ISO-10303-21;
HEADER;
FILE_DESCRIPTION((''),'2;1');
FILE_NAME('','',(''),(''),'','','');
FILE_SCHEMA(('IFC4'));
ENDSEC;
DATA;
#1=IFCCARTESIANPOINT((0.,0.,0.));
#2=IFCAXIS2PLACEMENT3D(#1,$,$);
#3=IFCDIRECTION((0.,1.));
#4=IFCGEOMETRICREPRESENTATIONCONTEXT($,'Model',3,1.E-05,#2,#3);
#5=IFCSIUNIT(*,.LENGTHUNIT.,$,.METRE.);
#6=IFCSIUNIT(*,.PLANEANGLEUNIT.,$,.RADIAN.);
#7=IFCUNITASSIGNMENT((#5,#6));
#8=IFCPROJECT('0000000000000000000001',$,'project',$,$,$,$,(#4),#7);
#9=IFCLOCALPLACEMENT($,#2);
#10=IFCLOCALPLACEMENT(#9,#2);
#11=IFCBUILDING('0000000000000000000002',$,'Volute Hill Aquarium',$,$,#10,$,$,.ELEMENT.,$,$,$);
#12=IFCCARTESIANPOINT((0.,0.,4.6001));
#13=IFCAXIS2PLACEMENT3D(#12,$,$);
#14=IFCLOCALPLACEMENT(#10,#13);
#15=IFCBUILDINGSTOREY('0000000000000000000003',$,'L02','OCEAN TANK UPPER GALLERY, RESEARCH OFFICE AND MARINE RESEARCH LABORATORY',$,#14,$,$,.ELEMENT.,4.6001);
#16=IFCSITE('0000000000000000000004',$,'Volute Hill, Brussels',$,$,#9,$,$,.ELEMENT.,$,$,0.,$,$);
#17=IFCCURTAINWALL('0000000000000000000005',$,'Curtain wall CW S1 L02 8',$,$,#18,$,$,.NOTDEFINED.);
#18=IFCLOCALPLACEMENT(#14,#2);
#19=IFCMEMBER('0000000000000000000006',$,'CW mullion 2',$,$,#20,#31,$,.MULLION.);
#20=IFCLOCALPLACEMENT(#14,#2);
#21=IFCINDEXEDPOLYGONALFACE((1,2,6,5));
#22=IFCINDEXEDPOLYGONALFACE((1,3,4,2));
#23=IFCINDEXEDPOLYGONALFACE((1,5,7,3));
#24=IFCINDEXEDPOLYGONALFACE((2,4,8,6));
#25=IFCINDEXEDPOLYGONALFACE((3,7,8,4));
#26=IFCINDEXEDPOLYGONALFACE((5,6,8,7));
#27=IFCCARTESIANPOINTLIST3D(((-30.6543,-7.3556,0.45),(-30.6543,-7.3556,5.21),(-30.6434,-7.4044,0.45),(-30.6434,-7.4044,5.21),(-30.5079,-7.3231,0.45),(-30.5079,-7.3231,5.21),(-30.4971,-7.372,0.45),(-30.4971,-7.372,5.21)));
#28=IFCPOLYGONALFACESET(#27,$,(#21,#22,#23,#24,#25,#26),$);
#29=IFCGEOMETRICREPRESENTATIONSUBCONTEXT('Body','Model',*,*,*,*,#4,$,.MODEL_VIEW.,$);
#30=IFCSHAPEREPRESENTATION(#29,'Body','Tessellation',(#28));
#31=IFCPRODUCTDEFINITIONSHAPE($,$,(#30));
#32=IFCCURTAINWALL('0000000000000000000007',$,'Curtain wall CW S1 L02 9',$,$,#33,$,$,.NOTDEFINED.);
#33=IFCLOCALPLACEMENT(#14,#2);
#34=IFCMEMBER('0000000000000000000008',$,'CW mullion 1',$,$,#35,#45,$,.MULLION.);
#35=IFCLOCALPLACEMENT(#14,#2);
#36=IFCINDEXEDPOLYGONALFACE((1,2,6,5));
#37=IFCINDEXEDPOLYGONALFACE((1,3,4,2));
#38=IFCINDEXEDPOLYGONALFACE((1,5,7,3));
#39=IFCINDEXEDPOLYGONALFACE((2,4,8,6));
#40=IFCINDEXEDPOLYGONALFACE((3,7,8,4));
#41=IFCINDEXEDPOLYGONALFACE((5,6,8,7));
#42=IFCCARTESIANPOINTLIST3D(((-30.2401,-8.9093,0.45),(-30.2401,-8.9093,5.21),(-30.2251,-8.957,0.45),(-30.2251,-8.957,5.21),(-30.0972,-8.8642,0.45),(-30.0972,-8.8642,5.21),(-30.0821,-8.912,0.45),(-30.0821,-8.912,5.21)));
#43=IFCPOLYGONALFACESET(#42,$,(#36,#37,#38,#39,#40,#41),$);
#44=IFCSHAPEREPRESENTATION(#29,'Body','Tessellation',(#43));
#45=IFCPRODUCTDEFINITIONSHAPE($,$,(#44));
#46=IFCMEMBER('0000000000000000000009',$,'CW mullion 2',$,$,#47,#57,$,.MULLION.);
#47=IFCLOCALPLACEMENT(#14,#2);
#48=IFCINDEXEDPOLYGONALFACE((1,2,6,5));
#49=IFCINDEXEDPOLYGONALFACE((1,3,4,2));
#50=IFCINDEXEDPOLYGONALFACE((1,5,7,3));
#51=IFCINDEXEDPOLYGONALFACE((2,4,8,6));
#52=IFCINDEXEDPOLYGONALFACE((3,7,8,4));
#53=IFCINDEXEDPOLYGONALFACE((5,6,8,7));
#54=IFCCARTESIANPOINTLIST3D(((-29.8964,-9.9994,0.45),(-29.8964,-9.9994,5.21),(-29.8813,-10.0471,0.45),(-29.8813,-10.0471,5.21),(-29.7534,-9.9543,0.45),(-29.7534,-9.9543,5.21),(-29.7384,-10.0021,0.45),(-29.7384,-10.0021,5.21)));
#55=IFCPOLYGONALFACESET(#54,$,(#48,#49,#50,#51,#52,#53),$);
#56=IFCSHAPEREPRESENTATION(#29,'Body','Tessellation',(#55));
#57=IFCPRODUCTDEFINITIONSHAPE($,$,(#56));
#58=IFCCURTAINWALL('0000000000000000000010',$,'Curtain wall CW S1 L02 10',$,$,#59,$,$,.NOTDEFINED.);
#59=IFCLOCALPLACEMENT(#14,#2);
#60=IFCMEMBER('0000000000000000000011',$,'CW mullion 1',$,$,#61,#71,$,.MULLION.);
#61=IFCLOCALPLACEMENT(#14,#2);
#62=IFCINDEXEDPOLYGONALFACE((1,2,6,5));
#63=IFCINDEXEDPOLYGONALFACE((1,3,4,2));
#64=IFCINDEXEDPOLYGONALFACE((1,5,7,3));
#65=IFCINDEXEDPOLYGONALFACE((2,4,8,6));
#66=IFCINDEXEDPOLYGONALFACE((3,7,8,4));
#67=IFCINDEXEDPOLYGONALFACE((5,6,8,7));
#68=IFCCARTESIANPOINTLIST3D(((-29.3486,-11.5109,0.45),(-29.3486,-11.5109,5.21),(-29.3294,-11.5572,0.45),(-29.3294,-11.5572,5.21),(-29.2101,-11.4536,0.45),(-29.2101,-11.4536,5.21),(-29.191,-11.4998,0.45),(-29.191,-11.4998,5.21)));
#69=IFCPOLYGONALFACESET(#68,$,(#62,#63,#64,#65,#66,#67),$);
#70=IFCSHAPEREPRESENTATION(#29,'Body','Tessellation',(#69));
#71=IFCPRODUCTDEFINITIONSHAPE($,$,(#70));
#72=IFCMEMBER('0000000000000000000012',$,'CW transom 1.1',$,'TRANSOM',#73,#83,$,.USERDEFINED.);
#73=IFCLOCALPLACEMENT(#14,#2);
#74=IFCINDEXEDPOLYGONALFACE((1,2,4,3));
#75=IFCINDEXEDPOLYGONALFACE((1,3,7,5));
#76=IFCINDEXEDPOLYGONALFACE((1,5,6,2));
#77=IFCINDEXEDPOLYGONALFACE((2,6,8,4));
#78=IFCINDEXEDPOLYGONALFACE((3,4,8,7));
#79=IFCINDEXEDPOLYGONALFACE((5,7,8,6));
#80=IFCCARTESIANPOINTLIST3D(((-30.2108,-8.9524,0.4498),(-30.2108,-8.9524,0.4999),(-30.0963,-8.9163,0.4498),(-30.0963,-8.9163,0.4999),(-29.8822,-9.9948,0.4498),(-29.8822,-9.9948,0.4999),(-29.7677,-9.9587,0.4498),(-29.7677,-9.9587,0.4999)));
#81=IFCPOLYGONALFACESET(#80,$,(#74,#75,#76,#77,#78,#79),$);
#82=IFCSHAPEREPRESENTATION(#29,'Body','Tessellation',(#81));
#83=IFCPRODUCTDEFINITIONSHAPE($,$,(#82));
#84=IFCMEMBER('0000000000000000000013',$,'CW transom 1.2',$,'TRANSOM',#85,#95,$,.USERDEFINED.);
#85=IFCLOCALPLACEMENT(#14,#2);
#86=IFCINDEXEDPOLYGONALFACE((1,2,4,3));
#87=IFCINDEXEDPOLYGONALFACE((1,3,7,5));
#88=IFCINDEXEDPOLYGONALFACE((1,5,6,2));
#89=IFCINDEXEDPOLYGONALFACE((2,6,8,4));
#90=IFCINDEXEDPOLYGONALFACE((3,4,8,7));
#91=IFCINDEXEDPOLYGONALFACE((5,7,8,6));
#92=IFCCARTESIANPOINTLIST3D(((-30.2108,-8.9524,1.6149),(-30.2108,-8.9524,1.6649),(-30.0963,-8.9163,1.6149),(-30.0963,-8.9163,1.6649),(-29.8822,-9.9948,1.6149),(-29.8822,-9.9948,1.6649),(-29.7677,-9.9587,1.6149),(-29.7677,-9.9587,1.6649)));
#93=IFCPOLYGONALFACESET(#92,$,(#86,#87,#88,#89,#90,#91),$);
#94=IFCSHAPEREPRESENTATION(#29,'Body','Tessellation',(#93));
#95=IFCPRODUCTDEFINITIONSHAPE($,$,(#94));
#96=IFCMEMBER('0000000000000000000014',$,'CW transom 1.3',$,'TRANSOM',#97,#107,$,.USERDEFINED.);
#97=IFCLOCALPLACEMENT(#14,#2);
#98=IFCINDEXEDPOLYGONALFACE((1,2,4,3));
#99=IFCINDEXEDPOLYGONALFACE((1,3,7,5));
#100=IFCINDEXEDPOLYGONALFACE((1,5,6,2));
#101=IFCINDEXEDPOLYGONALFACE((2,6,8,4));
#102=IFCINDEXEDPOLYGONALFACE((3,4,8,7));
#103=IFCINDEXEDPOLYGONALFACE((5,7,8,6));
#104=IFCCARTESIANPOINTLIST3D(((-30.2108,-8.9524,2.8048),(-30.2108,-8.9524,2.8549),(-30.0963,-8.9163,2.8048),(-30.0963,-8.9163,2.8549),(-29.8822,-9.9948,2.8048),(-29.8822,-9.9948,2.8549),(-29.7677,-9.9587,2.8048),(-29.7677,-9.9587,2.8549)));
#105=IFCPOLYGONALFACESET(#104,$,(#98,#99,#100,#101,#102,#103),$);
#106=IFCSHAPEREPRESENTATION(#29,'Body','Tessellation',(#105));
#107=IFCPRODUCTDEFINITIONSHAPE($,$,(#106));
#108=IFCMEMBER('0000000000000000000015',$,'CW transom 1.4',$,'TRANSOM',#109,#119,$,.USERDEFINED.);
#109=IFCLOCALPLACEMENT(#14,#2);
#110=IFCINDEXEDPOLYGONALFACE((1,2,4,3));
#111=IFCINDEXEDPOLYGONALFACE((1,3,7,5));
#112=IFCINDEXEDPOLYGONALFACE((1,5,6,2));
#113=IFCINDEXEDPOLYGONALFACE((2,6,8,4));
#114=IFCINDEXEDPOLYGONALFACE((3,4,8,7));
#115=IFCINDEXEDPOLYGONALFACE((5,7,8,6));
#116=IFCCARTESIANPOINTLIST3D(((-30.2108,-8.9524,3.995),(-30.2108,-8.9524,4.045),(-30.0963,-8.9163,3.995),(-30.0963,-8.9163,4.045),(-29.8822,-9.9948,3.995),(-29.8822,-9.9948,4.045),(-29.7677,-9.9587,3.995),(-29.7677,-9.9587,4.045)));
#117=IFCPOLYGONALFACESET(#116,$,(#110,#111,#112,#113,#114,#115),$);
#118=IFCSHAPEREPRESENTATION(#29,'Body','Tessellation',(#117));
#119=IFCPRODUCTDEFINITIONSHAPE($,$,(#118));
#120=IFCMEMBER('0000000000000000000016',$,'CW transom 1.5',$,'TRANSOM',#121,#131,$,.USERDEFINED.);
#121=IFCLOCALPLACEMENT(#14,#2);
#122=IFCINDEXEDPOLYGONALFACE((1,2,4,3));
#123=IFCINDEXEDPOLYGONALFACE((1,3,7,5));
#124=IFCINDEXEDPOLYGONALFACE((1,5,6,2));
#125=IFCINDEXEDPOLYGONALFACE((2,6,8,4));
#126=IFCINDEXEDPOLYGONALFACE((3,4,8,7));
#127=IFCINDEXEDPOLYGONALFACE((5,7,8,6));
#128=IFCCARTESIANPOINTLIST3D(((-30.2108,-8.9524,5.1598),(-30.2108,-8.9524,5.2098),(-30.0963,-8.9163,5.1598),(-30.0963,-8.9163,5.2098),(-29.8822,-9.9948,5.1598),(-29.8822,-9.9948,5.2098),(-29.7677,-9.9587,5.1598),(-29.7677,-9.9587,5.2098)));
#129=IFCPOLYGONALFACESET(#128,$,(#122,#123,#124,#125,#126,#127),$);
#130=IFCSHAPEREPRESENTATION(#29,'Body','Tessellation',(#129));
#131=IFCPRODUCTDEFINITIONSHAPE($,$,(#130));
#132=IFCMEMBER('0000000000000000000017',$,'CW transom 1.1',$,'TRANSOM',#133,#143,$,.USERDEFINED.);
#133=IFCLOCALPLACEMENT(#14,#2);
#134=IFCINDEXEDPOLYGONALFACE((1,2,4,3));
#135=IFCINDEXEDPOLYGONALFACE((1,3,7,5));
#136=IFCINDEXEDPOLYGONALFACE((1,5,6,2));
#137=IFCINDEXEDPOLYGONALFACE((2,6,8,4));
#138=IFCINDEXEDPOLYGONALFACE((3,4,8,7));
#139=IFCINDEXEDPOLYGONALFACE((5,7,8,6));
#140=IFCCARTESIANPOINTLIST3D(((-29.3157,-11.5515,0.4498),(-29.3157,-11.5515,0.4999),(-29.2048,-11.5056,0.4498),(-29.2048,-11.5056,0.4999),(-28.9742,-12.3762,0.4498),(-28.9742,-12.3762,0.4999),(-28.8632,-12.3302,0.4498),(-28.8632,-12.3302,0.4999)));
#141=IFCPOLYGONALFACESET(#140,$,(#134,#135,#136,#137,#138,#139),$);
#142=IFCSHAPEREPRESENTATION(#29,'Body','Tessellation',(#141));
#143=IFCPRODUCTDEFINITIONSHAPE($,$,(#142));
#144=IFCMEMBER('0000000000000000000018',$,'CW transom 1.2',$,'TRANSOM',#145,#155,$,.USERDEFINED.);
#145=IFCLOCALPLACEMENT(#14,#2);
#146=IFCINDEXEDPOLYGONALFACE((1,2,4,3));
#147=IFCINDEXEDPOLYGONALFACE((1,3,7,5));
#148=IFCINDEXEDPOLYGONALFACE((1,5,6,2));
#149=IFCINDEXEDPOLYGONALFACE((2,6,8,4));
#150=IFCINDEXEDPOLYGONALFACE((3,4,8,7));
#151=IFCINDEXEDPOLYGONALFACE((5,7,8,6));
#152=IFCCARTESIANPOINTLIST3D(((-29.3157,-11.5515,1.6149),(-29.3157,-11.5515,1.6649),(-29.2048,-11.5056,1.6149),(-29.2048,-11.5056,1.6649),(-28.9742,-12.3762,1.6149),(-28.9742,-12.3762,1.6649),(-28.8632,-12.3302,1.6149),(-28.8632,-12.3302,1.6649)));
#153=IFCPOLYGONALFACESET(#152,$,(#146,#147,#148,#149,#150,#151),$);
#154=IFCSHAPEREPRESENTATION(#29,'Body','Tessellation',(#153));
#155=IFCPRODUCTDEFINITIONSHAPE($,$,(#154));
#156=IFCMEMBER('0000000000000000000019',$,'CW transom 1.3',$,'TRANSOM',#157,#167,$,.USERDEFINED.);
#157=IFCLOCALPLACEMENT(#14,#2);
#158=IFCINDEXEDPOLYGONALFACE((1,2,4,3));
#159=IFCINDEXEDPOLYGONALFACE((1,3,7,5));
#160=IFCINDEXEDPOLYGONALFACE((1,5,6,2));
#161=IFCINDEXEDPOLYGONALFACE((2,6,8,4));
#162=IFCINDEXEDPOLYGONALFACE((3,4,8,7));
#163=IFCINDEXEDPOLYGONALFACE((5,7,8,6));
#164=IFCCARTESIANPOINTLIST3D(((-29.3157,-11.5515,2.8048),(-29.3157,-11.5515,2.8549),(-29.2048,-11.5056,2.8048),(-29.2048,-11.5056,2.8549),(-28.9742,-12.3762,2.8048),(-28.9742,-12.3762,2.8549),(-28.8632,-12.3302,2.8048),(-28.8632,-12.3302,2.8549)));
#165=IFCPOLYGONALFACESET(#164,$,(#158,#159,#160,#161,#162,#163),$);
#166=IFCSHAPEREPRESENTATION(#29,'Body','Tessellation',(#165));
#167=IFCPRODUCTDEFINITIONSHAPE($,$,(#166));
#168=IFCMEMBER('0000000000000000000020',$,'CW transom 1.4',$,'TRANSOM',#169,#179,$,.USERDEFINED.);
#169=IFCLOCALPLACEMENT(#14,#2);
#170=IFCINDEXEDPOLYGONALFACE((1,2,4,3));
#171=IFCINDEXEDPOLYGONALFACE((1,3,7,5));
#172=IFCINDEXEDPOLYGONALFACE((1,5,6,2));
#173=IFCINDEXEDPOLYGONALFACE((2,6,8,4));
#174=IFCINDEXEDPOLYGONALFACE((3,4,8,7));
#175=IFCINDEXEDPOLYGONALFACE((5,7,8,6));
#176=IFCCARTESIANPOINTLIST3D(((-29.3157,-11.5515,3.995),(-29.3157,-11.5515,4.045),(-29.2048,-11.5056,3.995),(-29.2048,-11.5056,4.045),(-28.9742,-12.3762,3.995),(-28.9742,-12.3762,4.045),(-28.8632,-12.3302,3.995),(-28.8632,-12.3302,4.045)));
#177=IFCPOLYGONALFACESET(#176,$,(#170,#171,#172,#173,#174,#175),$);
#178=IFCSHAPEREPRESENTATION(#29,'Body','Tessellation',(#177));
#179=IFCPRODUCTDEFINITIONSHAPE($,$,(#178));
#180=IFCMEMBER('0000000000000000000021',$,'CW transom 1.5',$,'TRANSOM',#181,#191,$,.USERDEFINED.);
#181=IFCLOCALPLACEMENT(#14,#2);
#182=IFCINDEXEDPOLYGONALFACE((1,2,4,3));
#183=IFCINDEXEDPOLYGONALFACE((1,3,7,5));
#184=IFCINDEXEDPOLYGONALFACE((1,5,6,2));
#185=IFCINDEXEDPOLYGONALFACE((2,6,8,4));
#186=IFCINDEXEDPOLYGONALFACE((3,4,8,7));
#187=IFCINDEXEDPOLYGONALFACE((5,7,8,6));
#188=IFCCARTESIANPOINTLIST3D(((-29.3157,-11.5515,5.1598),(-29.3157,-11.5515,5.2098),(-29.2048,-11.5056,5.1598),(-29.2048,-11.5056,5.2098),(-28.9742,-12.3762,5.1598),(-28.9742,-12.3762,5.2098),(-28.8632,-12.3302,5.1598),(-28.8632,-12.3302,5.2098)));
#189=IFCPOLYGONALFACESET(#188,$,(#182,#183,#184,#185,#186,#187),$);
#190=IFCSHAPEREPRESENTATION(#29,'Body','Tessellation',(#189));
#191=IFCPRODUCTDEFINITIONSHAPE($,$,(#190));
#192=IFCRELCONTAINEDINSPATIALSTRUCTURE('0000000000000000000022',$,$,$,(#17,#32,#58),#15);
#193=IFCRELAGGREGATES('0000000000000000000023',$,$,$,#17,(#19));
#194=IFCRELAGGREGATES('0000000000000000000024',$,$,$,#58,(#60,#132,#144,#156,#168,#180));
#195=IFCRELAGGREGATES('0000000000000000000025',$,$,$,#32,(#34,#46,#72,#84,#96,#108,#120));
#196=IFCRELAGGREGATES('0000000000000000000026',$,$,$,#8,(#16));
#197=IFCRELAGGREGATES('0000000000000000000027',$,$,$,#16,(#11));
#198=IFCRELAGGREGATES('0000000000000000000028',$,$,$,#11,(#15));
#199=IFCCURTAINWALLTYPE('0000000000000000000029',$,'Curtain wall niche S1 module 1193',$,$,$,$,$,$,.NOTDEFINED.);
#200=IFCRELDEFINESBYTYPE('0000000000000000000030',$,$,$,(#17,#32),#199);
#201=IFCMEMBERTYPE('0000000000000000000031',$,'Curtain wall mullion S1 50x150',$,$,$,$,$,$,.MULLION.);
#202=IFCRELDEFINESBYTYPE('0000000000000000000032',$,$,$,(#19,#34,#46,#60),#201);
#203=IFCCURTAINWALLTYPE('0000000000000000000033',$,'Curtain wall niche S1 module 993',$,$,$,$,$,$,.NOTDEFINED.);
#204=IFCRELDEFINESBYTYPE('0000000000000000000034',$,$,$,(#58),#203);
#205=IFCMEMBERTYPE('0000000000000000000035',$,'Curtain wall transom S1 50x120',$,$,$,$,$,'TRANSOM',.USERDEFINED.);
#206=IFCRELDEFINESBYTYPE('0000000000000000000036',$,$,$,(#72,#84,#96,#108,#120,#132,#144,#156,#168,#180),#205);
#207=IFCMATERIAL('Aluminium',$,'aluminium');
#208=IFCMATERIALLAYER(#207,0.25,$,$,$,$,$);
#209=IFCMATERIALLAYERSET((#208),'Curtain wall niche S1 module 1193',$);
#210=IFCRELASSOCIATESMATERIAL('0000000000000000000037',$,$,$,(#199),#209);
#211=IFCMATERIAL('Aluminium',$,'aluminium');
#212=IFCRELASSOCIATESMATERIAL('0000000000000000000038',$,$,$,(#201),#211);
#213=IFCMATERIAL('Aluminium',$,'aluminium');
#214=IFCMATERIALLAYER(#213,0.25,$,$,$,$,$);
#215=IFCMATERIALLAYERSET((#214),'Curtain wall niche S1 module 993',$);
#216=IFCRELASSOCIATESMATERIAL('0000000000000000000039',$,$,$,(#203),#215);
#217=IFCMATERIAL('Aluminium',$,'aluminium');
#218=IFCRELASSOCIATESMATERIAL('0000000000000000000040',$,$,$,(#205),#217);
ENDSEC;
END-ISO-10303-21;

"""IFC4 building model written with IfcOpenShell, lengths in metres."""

from ifc_helpers import new_model, si_unit, direction, frame, origin, origin_2d, place, context, subcontext, project, spatial, rectangle, extrude, material, layer, layer_set, material_profile, profile_set, type_object, element, aggregate, save


model = new_model("IFC4")

# Units and contexts
model_context = context("Model", 3, precision=1e-05, world=origin(), true_north=direction((0.0, 1.0)))
body_context = subcontext(model_context, "Body", "Model", "MODEL_VIEW")
ifc_project = project(units=[si_unit("LENGTHUNIT", "METRE"), si_unit("PLANEANGLEUNIT", "RADIAN")], contexts=[model_context])

# Site, building, storey
site_placement = place(None, origin())
site = spatial("IfcSite", under=ifc_project, at=site_placement, Name="Volute Hill, Brussels", CompositionType="ELEMENT", RefElevation=0.0)
building_placement = place(site_placement, origin())
building = spatial("IfcBuilding", under=site, at=building_placement, Name="Volute Hill Aquarium", CompositionType="ELEMENT")
storey_placement = place(building_placement, frame((0.0, 0.0, 4.6001)))
storey = spatial("IfcBuildingStorey", under=building, at=storey_placement, Name="L02", Description="OCEAN TANK UPPER GALLERY, RESEARCH OFFICE AND MARINE RESEARCH LABORATORY", CompositionType="ELEMENT", Elevation=4.6001)

# Curtain wall, member
ifc_material_1 = material(Name="Aluminium", Category="aluminium")
ifc_layer_1 = layer(ifc_material_1, 0.25)
ifc_layer_set_1 = layer_set([ifc_layer_1], Name="Curtain wall niche S1 module 1193")
curtain_wall_type_1 = type_object("IfcCurtainWallType", Name="Curtain wall niche S1 module 1193", PredefinedType="NOTDEFINED", material=ifc_layer_set_1)
curtain_wall_1_placement = place(storey_placement, origin())
curtain_wall_1 = element("IfcCurtainWall", 1, at=curtain_wall_1_placement, inside=storey, type_object=curtain_wall_type_1, Name="Curtain wall CW S1 L02 8", PredefinedType="NOTDEFINED")
ifc_material_2 = material(Name="Aluminium", Category="aluminium")
ifc_material_profile_1 = material_profile(ifc_material_2, rectangle(XDim=0.1499, YDim=0.05, at=origin_2d()), Name="Curtain wall mullion S1 50x150")
ifc_profile_set_1 = profile_set([ifc_material_profile_1], Name="Aluminium")
member_type_1 = type_object("IfcMemberType", Name="Curtain wall mullion S1 50x150", PredefinedType="MULLION", material=ifc_profile_set_1)
member_1_placement = place(storey_placement, frame((-30.5757, -7.3638, 0.45), z_axis=(0.0, 0.0, 1.0), x_axis=(0.976292, 0.216456, 0.0)))
member_1 = element("IfcMember", 2, at=member_1_placement, type_object=member_type_1, Name="CW mullion 2", PredefinedType="MULLION", context=body_context, shape_type="SweptSolid", body=[
    extrude(rectangle(XDim=0.1499, YDim=0.05, at=origin_2d()), origin(), (0.0, 0.0, 1.0), 4.76),
])
aggregate(curtain_wall_1, [member_1])

# Curtain wall, members
curtain_wall_2_placement = place(storey_placement, origin())
curtain_wall_2 = element("IfcCurtainWall", 3, at=curtain_wall_2_placement, inside=storey, type_object=curtain_wall_type_1, Name="Curtain wall CW S1 L02 9", PredefinedType="NOTDEFINED")
member_2_placement = place(storey_placement, frame((-30.1611, -8.9106, 0.45), z_axis=(0.0, 0.0, 1.0), x_axis=(0.953719, 0.3007, 0.0)))
member_2 = element("IfcMember", 4, at=member_2_placement, type_object=member_type_1, Name="CW mullion 1", PredefinedType="MULLION", context=body_context, shape_type="SweptSolid", body=[
    extrude(rectangle(XDim=0.1499, YDim=0.05, at=origin_2d()), origin(), (0.0, 0.0, 1.0), 4.76),
])
member_3_placement = place(storey_placement, frame((-29.8174, -10.0007, 0.45), z_axis=(0.0, 0.0, 1.0), x_axis=(0.953719, 0.3007, 0.0)))
member_3 = element("IfcMember", 5, at=member_3_placement, type_object=member_type_1, Name="CW mullion 2", PredefinedType="MULLION", context=body_context, shape_type="SweptSolid", body=[
    extrude(rectangle(XDim=0.1499, YDim=0.05, at=origin_2d()), origin(), (0.0, 0.0, 1.0), 4.76),
])

# Curtain wall, member
ifc_material_3 = material(Name="Aluminium", Category="aluminium")
ifc_layer_2 = layer(ifc_material_3, 0.25)
ifc_layer_set_2 = layer_set([ifc_layer_2], Name="Curtain wall niche S1 module 993")
curtain_wall_type_2 = type_object("IfcCurtainWallType", Name="Curtain wall niche S1 module 993", PredefinedType="NOTDEFINED", material=ifc_layer_set_2)
curtain_wall_3_placement = place(storey_placement, origin())
curtain_wall_3 = element("IfcCurtainWall", 6, at=curtain_wall_3_placement, inside=storey, type_object=curtain_wall_type_2, Name="Curtain wall CW S1 L02 10", PredefinedType="NOTDEFINED")
member_4_placement = place(storey_placement, frame((-29.2698, -11.5054, 0.45), z_axis=(0.0, 0.0, 1.0), x_axis=(0.923885, 0.38267, 0.0)))
member_4 = element("IfcMember", 7, at=member_4_placement, type_object=member_type_1, Name="CW mullion 1", PredefinedType="MULLION", context=body_context, shape_type="SweptSolid", body=[
    extrude(rectangle(XDim=0.1499, YDim=0.05, at=origin_2d()), origin(), (0.0, 0.0, 1.0), 4.76),
])

# Members
ifc_material_4 = material(Name="Aluminium", Category="aluminium")
ifc_material_profile_2 = material_profile(ifc_material_4, rectangle(XDim=0.1201, YDim=0.05, at=origin_2d()), Name="Curtain wall transom S1 50x120")
ifc_profile_set_2 = profile_set([ifc_material_profile_2], Name="Aluminium")
member_type_2 = type_object("IfcMemberType", Name="Curtain wall transom S1 50x120", ElementType="TRANSOM", PredefinedType="USERDEFINED", material=ifc_profile_set_2)
member_5_placement = place(storey_placement, frame((-30.1536, -8.9343, 0.4749), z_axis=(0.30064, -0.953738, 0.0), x_axis=(0.953738, 0.30064, 0.0)))
member_5 = element("IfcMember", 8, at=member_5_placement, type_object=member_type_2, Name="CW transom 1.1", ObjectType="TRANSOM", PredefinedType="USERDEFINED", context=body_context, shape_type="SweptSolid", body=[
    extrude(rectangle(XDim=0.1201, YDim=0.05, at=origin_2d()), origin(), (0.0, 0.0, 1.0), 1.093),
])
member_6_placement = place(storey_placement, frame((-30.1536, -8.9343, 1.6399), z_axis=(0.30064, -0.953738, 0.0), x_axis=(0.953738, 0.30064, 0.0)))
member_6 = element("IfcMember", 9, at=member_6_placement, type_object=member_type_2, Name="CW transom 1.2", ObjectType="TRANSOM", PredefinedType="USERDEFINED", context=body_context, shape_type="SweptSolid", body=[
    extrude(rectangle(XDim=0.1201, YDim=0.05, at=origin_2d()), origin(), (0.0, 0.0, 1.0), 1.093),
])
member_7_placement = place(storey_placement, frame((-30.1536, -8.9343, 2.8298), z_axis=(0.30064, -0.953738, 0.0), x_axis=(0.953738, 0.30064, 0.0)))
member_7 = element("IfcMember", 10, at=member_7_placement, type_object=member_type_2, Name="CW transom 1.3", ObjectType="TRANSOM", PredefinedType="USERDEFINED", context=body_context, shape_type="SweptSolid", body=[
    extrude(rectangle(XDim=0.1201, YDim=0.05, at=origin_2d()), origin(), (0.0, 0.0, 1.0), 1.093),
])
member_8_placement = place(storey_placement, frame((-30.1536, -8.9343, 4.02), z_axis=(0.30064, -0.953738, 0.0), x_axis=(0.953738, 0.30064, 0.0)))
member_8 = element("IfcMember", 11, at=member_8_placement, type_object=member_type_2, Name="CW transom 1.4", ObjectType="TRANSOM", PredefinedType="USERDEFINED", context=body_context, shape_type="SweptSolid", body=[
    extrude(rectangle(XDim=0.1201, YDim=0.05, at=origin_2d()), origin(), (0.0, 0.0, 1.0), 1.093),
])
member_9_placement = place(storey_placement, frame((-30.1536, -8.9343, 5.1848), z_axis=(0.30064, -0.953738, 0.0), x_axis=(0.953738, 0.30064, 0.0)))
member_9 = element("IfcMember", 12, at=member_9_placement, type_object=member_type_2, Name="CW transom 1.5", ObjectType="TRANSOM", PredefinedType="USERDEFINED", context=body_context, shape_type="SweptSolid", body=[
    extrude(rectangle(XDim=0.1201, YDim=0.05, at=origin_2d()), origin(), (0.0, 0.0, 1.0), 1.093),
])
member_10_placement = place(storey_placement, frame((-29.2603, -11.5286, 0.4749), z_axis=(0.382634, -0.9239, 0.0), x_axis=(0.9239, 0.382634, 0.0)))
member_10 = element("IfcMember", 13, at=member_10_placement, type_object=member_type_2, Name="CW transom 1.1", ObjectType="TRANSOM", PredefinedType="USERDEFINED", context=body_context, shape_type="SweptSolid", body=[
    extrude(rectangle(XDim=0.1201, YDim=0.05, at=origin_2d()), origin(), (0.0, 0.0, 1.0), 0.8926),
])
member_11_placement = place(storey_placement, frame((-29.2603, -11.5286, 1.6399), z_axis=(0.382634, -0.9239, 0.0), x_axis=(0.9239, 0.382634, 0.0)))
member_11 = element("IfcMember", 14, at=member_11_placement, type_object=member_type_2, Name="CW transom 1.2", ObjectType="TRANSOM", PredefinedType="USERDEFINED", context=body_context, shape_type="SweptSolid", body=[
    extrude(rectangle(XDim=0.1201, YDim=0.05, at=origin_2d()), origin(), (0.0, 0.0, 1.0), 0.8926),
])
member_12_placement = place(storey_placement, frame((-29.2603, -11.5286, 2.8298), z_axis=(0.382634, -0.9239, 0.0), x_axis=(0.9239, 0.382634, 0.0)))
member_12 = element("IfcMember", 15, at=member_12_placement, type_object=member_type_2, Name="CW transom 1.3", ObjectType="TRANSOM", PredefinedType="USERDEFINED", context=body_context, shape_type="SweptSolid", body=[
    extrude(rectangle(XDim=0.1201, YDim=0.05, at=origin_2d()), origin(), (0.0, 0.0, 1.0), 0.8926),
])
member_13_placement = place(storey_placement, frame((-29.2603, -11.5286, 4.02), z_axis=(0.382634, -0.9239, 0.0), x_axis=(0.9239, 0.382634, 0.0)))
member_13 = element("IfcMember", 16, at=member_13_placement, type_object=member_type_2, Name="CW transom 1.4", ObjectType="TRANSOM", PredefinedType="USERDEFINED", context=body_context, shape_type="SweptSolid", body=[
    extrude(rectangle(XDim=0.1201, YDim=0.05, at=origin_2d()), origin(), (0.0, 0.0, 1.0), 0.8926),
])
member_14_placement = place(storey_placement, frame((-29.2603, -11.5286, 5.1848), z_axis=(0.382634, -0.9239, 0.0), x_axis=(0.9239, 0.382634, 0.0)))
member_14 = element("IfcMember", 17, at=member_14_placement, type_object=member_type_2, Name="CW transom 1.5", ObjectType="TRANSOM", PredefinedType="USERDEFINED", context=body_context, shape_type="SweptSolid", body=[
    extrude(rectangle(XDim=0.1201, YDim=0.05, at=origin_2d()), origin(), (0.0, 0.0, 1.0), 0.8926),
])

aggregate(curtain_wall_3, [member_4, member_10, member_11, member_12, member_13, member_14])
aggregate(curtain_wall_2, [member_2, member_3, member_5, member_6, member_7, member_8, member_9])

save(model, "model.ifc")
